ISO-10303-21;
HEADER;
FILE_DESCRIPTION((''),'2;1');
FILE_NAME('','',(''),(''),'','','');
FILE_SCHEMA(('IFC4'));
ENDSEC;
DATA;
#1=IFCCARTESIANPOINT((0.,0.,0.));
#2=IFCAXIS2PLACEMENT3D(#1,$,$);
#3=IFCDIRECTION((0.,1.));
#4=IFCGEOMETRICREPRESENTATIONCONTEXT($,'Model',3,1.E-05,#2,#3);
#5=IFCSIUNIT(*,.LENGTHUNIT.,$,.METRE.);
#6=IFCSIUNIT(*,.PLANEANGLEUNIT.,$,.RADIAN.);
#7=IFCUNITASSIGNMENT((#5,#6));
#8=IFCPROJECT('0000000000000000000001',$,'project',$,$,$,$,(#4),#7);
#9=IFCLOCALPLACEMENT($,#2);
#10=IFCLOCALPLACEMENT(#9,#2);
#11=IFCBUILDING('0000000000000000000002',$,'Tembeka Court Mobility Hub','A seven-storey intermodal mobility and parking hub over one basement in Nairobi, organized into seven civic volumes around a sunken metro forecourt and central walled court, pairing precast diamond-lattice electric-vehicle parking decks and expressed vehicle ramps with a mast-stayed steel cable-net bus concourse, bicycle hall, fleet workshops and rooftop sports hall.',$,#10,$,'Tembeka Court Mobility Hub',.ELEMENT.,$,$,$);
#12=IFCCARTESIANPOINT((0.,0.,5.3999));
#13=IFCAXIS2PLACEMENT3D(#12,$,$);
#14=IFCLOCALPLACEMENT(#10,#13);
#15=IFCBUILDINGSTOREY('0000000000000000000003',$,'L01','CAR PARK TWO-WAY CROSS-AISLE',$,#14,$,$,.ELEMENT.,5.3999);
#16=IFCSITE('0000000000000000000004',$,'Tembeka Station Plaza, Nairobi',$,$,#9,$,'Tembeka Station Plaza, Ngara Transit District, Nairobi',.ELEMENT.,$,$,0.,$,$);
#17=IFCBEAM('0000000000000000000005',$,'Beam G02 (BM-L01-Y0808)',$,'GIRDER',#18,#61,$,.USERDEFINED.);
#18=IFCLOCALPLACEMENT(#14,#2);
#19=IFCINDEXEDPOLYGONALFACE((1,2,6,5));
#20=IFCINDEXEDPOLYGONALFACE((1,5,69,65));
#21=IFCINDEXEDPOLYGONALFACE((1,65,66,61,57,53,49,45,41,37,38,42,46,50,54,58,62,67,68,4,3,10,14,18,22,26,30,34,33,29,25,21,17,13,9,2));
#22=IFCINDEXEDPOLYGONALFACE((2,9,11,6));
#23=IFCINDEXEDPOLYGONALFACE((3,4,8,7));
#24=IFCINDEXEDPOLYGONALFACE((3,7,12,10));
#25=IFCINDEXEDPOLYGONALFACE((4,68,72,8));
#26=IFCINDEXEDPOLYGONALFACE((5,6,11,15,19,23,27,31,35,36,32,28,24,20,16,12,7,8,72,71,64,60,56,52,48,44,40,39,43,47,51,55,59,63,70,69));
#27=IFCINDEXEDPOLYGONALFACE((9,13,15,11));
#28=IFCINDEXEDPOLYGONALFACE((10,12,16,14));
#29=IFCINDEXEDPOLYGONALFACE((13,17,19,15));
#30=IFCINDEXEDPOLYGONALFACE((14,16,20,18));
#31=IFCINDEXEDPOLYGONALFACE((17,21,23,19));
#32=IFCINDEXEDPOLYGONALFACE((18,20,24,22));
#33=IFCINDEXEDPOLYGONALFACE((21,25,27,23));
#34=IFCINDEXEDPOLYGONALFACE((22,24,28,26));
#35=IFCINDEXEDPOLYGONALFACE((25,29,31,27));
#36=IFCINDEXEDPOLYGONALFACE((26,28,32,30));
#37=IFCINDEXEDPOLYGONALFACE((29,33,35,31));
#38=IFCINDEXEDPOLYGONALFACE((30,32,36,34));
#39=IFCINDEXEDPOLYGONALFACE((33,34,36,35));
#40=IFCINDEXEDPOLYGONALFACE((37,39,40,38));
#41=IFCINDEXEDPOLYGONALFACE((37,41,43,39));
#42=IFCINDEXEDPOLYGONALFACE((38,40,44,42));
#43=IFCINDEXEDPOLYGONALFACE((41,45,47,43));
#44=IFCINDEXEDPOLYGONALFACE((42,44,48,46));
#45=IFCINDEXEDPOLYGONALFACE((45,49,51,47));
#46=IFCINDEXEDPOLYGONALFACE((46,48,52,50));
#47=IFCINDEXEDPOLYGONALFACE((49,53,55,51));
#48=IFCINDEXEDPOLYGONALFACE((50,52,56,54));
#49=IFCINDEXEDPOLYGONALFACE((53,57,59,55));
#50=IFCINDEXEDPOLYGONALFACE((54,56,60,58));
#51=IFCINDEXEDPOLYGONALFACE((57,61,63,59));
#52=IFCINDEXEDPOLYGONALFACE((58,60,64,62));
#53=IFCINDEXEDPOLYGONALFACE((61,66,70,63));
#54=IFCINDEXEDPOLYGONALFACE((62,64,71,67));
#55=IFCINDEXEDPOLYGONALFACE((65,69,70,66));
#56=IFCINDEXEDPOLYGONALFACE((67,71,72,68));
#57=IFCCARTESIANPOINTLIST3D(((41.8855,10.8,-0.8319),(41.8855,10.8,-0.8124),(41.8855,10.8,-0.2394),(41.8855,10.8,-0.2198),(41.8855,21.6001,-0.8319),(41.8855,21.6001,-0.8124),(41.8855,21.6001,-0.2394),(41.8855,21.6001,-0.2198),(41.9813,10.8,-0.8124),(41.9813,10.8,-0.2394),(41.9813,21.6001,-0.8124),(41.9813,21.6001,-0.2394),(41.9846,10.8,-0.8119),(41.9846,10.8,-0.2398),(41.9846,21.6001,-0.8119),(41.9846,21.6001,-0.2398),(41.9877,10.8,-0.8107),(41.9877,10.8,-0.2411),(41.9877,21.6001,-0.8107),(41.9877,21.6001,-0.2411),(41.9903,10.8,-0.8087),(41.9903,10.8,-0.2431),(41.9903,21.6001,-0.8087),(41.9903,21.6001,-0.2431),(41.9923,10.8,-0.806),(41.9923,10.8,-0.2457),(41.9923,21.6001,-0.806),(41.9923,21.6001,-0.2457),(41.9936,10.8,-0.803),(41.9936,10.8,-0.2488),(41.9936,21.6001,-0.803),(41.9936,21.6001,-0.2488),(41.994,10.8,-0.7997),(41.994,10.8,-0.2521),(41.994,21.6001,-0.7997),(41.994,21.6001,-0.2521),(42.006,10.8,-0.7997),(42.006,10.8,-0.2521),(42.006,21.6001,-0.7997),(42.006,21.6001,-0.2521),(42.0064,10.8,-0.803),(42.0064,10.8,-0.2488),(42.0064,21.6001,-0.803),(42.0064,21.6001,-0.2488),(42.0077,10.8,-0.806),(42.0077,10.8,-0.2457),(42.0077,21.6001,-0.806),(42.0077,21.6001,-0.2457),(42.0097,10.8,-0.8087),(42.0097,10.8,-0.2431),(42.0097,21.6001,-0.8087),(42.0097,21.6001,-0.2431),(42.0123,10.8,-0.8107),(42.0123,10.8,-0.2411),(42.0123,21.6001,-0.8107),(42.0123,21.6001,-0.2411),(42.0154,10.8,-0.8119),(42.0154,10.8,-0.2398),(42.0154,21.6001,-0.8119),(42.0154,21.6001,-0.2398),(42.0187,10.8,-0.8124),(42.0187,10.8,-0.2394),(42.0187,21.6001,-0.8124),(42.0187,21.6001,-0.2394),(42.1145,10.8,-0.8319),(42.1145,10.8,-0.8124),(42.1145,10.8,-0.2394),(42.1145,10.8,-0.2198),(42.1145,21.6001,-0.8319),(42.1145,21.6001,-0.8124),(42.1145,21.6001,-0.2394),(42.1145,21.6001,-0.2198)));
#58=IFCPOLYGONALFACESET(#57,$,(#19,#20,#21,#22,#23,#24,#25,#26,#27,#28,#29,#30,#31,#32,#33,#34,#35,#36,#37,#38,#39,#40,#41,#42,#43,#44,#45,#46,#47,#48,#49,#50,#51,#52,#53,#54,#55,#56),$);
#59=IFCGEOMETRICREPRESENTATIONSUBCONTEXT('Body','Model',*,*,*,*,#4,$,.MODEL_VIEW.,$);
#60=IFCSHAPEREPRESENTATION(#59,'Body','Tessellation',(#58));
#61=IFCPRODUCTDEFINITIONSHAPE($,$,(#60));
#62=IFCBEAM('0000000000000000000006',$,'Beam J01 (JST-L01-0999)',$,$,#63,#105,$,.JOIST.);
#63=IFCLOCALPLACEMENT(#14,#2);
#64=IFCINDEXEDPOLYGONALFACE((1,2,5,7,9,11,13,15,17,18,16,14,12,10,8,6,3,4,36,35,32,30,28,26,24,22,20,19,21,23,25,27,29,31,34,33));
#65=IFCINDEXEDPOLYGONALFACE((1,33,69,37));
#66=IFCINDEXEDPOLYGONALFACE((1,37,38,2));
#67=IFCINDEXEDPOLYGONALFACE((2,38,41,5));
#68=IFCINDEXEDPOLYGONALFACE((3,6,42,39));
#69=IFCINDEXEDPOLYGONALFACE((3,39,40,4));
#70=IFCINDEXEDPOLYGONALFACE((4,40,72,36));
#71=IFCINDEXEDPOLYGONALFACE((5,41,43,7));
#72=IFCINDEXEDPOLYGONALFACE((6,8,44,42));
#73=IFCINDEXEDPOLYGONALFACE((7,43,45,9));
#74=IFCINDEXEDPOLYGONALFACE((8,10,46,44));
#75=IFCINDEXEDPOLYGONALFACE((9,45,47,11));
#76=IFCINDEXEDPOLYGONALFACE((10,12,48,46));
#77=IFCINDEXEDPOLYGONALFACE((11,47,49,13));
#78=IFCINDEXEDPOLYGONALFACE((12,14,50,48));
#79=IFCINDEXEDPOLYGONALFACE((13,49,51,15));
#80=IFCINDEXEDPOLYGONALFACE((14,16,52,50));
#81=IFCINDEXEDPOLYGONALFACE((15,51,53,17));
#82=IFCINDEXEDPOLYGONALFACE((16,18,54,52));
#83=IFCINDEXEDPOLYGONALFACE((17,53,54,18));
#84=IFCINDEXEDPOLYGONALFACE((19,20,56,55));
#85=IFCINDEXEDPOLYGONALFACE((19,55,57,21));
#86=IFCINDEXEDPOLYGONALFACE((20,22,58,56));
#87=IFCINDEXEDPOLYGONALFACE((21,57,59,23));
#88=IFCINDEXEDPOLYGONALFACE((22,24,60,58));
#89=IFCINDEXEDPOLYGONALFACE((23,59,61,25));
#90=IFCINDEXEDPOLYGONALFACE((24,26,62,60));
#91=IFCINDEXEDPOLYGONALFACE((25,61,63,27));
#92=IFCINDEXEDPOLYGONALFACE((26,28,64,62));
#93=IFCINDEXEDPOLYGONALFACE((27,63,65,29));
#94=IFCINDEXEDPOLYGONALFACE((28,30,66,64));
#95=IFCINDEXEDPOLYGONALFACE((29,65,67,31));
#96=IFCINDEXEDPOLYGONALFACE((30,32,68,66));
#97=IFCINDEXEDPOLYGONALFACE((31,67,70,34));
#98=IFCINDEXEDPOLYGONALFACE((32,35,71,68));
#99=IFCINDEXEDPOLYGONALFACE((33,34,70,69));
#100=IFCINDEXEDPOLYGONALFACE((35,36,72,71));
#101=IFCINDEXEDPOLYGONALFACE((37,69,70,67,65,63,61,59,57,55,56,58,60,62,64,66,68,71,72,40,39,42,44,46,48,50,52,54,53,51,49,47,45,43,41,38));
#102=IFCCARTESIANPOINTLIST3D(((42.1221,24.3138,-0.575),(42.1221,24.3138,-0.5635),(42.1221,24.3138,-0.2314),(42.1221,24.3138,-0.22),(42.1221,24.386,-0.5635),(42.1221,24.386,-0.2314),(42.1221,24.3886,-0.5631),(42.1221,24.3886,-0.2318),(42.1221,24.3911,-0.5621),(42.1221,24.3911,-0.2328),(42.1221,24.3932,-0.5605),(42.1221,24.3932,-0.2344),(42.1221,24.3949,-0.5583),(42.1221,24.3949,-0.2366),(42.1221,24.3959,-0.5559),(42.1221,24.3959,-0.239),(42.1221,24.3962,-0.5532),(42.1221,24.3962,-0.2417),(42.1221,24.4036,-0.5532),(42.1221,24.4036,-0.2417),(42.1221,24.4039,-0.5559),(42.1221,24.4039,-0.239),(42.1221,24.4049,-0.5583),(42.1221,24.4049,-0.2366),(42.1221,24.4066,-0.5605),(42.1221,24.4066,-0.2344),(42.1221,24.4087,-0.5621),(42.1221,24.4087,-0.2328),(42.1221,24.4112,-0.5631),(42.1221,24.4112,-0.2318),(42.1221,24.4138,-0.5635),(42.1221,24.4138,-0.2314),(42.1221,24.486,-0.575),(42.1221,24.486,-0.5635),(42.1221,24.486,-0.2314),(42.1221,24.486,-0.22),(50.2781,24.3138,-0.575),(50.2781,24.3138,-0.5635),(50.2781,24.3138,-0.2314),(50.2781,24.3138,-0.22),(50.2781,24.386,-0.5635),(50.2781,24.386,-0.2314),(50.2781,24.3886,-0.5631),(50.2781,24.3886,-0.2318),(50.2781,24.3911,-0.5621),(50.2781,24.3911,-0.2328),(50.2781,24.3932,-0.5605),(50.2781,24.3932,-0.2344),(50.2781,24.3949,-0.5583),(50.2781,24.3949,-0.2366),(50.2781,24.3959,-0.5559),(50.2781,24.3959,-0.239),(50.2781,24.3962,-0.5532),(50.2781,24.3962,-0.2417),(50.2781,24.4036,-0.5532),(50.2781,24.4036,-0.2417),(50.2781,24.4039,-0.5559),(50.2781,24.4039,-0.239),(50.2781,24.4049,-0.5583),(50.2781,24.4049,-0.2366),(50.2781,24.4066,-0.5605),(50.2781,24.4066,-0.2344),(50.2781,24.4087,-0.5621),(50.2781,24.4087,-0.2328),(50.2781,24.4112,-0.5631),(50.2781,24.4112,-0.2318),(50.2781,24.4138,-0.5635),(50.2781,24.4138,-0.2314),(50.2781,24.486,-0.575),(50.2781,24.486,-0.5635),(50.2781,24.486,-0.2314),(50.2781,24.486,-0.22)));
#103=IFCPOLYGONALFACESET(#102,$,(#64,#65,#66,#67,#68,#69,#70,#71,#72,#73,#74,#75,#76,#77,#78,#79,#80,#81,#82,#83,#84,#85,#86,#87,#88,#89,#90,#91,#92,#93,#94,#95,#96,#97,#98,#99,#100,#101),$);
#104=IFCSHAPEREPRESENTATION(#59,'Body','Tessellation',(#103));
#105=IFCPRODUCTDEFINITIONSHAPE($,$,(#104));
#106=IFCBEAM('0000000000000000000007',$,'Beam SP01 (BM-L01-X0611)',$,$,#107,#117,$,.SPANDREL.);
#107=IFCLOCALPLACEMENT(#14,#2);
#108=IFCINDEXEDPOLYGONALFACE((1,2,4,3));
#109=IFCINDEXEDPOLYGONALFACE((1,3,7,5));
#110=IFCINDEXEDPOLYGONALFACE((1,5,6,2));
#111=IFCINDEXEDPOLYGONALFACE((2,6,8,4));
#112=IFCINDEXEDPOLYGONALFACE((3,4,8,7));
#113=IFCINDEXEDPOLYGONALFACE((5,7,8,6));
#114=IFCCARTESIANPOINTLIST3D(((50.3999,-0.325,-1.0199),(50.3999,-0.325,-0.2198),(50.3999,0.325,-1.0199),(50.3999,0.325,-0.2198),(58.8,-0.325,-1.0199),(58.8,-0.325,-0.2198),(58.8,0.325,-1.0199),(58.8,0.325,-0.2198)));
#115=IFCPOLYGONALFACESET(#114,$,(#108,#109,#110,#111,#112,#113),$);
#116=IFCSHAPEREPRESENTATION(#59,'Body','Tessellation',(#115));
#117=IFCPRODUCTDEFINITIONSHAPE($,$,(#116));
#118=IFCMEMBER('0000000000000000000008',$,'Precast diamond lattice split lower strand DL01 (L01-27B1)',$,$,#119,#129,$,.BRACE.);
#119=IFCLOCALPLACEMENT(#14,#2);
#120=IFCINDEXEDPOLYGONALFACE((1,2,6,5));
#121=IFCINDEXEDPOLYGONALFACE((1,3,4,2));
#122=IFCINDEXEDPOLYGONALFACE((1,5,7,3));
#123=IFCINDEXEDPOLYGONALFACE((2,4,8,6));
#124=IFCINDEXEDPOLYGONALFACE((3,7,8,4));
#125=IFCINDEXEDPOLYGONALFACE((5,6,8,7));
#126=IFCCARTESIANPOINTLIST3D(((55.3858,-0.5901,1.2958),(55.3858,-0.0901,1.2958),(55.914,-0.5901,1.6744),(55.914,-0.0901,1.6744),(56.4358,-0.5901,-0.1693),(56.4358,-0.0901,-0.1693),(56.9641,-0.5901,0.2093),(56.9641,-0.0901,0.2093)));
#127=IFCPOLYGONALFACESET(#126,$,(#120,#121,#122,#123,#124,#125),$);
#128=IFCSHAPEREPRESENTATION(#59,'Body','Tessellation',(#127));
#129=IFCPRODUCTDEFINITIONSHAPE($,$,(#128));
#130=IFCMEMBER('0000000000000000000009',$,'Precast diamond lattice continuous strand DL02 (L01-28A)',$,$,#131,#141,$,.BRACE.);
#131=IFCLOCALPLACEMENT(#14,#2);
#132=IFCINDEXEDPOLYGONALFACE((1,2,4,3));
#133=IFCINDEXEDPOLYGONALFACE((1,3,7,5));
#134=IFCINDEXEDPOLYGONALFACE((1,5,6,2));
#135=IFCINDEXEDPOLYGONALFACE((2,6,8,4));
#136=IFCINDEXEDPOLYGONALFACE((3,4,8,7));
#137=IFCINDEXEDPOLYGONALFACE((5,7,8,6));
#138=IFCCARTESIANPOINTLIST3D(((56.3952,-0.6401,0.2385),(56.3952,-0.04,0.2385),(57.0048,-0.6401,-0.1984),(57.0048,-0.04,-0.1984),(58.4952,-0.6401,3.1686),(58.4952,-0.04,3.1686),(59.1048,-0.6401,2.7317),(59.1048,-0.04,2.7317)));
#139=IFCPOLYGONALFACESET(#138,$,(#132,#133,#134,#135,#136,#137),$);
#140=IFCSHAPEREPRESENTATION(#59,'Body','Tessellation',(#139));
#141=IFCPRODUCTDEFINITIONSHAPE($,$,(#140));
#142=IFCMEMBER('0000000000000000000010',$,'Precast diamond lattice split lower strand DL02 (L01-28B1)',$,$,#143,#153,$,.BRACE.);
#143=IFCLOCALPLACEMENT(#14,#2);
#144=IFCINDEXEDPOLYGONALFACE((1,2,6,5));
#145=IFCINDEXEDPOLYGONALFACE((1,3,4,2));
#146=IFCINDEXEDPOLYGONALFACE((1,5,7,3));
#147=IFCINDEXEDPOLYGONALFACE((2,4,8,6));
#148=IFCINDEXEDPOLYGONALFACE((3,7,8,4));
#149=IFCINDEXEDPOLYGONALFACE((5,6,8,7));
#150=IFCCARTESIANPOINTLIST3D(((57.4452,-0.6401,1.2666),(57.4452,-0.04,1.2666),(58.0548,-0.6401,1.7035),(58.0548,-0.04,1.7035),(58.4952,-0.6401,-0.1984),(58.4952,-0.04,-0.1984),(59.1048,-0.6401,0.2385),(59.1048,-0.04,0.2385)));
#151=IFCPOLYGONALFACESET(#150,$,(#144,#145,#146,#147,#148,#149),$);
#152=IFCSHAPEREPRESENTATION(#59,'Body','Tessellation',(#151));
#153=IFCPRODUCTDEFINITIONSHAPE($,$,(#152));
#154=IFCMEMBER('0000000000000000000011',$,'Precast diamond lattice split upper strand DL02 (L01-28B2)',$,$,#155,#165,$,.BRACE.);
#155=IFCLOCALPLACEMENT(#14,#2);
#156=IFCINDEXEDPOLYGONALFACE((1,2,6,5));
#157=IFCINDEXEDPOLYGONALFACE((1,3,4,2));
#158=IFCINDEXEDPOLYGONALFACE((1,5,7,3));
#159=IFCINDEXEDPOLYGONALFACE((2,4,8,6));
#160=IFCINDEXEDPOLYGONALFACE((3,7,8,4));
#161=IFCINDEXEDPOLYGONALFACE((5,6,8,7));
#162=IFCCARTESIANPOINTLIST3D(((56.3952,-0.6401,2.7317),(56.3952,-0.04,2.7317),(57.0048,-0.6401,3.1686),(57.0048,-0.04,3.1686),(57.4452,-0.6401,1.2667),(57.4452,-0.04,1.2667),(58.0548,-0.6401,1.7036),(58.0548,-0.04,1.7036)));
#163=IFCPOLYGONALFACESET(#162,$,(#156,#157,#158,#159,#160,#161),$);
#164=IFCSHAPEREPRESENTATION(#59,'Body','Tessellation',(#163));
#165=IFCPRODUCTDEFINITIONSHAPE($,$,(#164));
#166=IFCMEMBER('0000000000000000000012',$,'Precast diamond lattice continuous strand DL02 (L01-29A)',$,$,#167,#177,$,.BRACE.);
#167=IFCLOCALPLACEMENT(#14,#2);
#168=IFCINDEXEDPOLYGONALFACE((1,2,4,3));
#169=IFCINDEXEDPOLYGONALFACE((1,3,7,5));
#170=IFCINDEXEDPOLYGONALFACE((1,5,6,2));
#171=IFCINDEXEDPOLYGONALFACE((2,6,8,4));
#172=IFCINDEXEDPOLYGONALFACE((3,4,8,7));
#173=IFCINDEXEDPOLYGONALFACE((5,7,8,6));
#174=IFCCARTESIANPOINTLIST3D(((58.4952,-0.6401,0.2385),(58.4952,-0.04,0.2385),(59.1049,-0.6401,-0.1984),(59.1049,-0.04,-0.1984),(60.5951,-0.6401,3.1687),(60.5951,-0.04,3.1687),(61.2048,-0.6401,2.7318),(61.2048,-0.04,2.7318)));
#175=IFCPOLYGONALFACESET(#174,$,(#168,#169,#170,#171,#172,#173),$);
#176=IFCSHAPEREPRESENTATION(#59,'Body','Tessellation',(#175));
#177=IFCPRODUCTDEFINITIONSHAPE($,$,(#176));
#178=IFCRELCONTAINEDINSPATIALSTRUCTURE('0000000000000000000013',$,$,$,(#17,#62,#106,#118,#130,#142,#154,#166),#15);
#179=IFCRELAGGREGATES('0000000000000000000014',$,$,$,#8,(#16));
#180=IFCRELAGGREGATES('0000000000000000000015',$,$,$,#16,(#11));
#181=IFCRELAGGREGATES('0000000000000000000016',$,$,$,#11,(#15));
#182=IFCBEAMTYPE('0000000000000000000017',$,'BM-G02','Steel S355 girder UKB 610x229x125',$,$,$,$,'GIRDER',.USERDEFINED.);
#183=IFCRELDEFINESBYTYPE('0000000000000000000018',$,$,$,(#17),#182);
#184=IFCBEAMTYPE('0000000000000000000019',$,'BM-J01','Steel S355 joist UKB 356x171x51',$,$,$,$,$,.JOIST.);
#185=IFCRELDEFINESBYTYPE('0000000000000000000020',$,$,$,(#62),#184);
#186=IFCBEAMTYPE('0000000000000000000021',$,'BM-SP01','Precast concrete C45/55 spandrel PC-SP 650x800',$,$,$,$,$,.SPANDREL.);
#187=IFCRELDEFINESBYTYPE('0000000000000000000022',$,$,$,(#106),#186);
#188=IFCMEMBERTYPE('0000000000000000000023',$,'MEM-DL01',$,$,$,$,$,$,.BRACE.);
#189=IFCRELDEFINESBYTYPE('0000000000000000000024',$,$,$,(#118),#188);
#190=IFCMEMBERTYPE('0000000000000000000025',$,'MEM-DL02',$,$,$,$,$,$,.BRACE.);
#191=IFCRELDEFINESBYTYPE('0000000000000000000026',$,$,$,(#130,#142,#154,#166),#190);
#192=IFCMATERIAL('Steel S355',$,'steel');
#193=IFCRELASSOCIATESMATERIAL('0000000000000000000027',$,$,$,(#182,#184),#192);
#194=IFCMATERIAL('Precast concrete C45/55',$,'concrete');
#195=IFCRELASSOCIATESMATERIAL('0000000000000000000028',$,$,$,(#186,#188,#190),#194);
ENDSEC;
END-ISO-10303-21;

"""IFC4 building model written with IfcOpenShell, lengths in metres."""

from ifc_helpers import new_model, si_unit, direction, frame, origin, origin_2d, place, context, subcontext, project, spatial, rectangle, i_section, extrude, material, material_profile, profile_set, type_object, element, save


model = new_model("IFC4")

# Units and contexts
model_context = context("Model", 3, precision=1e-05, world=origin(), true_north=direction((0.0, 1.0)))
body_context = subcontext(model_context, "Body", "Model", "MODEL_VIEW")
ifc_project = project(units=[si_unit("LENGTHUNIT", "METRE"), si_unit("PLANEANGLEUNIT", "RADIAN")], contexts=[model_context])

# Site, building, storey
site_placement = place(None, origin())
site = spatial("IfcSite", under=ifc_project, at=site_placement, Name="Tembeka Station Plaza, Nairobi", LongName="Tembeka Station Plaza, Ngara Transit District, Nairobi", CompositionType="ELEMENT", RefElevation=0.0)
building_placement = place(site_placement, origin())
building = spatial("IfcBuilding", under=site, at=building_placement, Name="Tembeka Court Mobility Hub", Description="A seven-storey intermodal mobility and parking hub over one basement in Nairobi, organized into seven civic volumes around a sunken metro forecourt and central walled court, pairing precast diamond-lattice electric-vehicle parking decks and expressed vehicle ramps with a mast-stayed steel cable-net bus concourse, bicycle hall, fleet workshops and rooftop sports hall.", LongName="Tembeka Court Mobility Hub", CompositionType="ELEMENT")
storey_placement = place(building_placement, frame((0.0, 0.0, 5.3999)))
storey = spatial("IfcBuildingStorey", under=building, at=storey_placement, Name="L01", Description="CAR PARK TWO-WAY CROSS-AISLE", CompositionType="ELEMENT", Elevation=5.3999)

# Shared definitions
ifc_material_1 = material(Name="Steel S355", Category="steel")

# Beams
ifc_material_profile_1 = material_profile(ifc_material_1, i_section(OverallWidth=0.229, OverallDepth=0.6121, WebThickness=0.012, FlangeThickness=0.0195, FilletRadius=0.0127, at=origin_2d()), Name="UKB 610x229x125")
ifc_profile_set_1 = profile_set([ifc_material_profile_1], Name="Steel S355")
beam_type_1 = type_object("IfcBeamType", Name="BM-G02", Description="Steel S355 girder UKB 610x229x125", ElementType="GIRDER", PredefinedType="USERDEFINED", material=ifc_profile_set_1)
beam_1_placement = place(storey_placement, frame((42.0, 10.8, -0.5259), z_axis=(0.0, 1.0, 0.0), x_axis=(-1.0, 0.0, 0.0)))
element("IfcBeam", 1, at=beam_1_placement, inside=storey, type_object=beam_type_1, Name="Beam G02 (BM-L01-Y0808)", ObjectType="GIRDER", PredefinedType="USERDEFINED", context=body_context, shape_type="SweptSolid", body=[
    extrude(i_section(OverallWidth=0.229, OverallDepth=0.6121, WebThickness=0.012, FlangeThickness=0.0195, FilletRadius=0.0127, at=origin_2d()), origin(), (0.0, 0.0, 1.0), 10.8),
])
ifc_material_profile_2 = material_profile(ifc_material_1, i_section(OverallWidth=0.1721, OverallDepth=0.355, WebThickness=0.0073, FlangeThickness=0.0115, FilletRadius=0.0103, at=origin_2d()), Name="UKB 356x171x51")
ifc_profile_set_2 = profile_set([ifc_material_profile_2], Name="Steel S355")
beam_type_2 = type_object("IfcBeamType", Name="BM-J01", Description="Steel S355 joist UKB 356x171x51", PredefinedType="JOIST", material=ifc_profile_set_2)
beam_2_placement = place(storey_placement, frame((42.1221, 24.3999, -0.3975), z_axis=(1.0, 0.0, 0.0), x_axis=(0.0, 1.0, 0.0)))
element("IfcBeam", 2, at=beam_2_placement, inside=storey, type_object=beam_type_2, Name="Beam J01 (JST-L01-0999)", PredefinedType="JOIST", context=body_context, shape_type="SweptSolid", body=[
    extrude(i_section(OverallWidth=0.1721, OverallDepth=0.355, WebThickness=0.0073, FlangeThickness=0.0115, FilletRadius=0.0103, at=origin_2d()), origin(), (0.0, 0.0, 1.0), 8.156),
])
ifc_material_2 = material(Name="Precast concrete C45/55", Category="concrete")
ifc_material_profile_3 = material_profile(ifc_material_2, rectangle(XDim=0.6499, YDim=0.8, at=origin_2d()), Name="PC-SP 650x800")
ifc_profile_set_3 = profile_set([ifc_material_profile_3], Name="Precast concrete C45/55")
beam_type_3 = type_object("IfcBeamType", Name="BM-SP01", Description="Precast concrete C45/55 spandrel PC-SP 650x800", PredefinedType="SPANDREL", material=ifc_profile_set_3)
beam_3_placement = place(storey_placement, frame((50.3999, 0.0, -0.6199), z_axis=(1.0, 0.0, 0.0), x_axis=(0.0, 1.0, 0.0)))
element("IfcBeam", 3, at=beam_3_placement, inside=storey, type_object=beam_type_3, Name="Beam SP01 (BM-L01-X0611)", PredefinedType="SPANDREL", context=body_context, shape_type="SweptSolid", body=[
    extrude(rectangle(XDim=0.6499, YDim=0.8, at=origin_2d()), origin(), (0.0, 0.0, 1.0), 8.4001),
])

# Members
ifc_material_profile_4 = material_profile(ifc_material_2, rectangle(XDim=0.5, YDim=0.6499, at=origin_2d()), Name="PC-DIAG 500x650")
ifc_profile_set_4 = profile_set([ifc_material_profile_4], Name="Precast concrete C45/55")
member_type_1 = type_object("IfcMemberType", Name="MEM-DL01", PredefinedType="BRACE", material=ifc_profile_set_4)
member_1_placement = place(storey_placement, frame((56.7, -0.3401, 0.02), z_axis=(-0.582544, 0.0, 0.812799), x_axis=(0.0, -1.0, 0.0)))
element("IfcMember", 4, at=member_1_placement, inside=storey, type_object=member_type_1, Name="Precast diamond lattice split lower strand DL01 (L01-27B1)", PredefinedType="BRACE", context=body_context, shape_type="SweptSolid", body=[
    extrude(rectangle(XDim=0.5, YDim=0.6499, at=origin_2d()), origin(), (0.0, 0.0, 1.0), 1.8025),
])
ifc_material_profile_5 = material_profile(ifc_material_2, rectangle(XDim=0.6001, YDim=0.75, at=origin_2d()), Name="PC-DIAG 600x750")
ifc_profile_set_5 = profile_set([ifc_material_profile_5], Name="Precast concrete C45/55")
member_type_2 = type_object("IfcMemberType", Name="MEM-DL02", PredefinedType="BRACE", material=ifc_profile_set_5)
member_2_placement = place(storey_placement, frame((56.7, -0.3401, 0.02), z_axis=(0.582544, 0.0, 0.812799), x_axis=(0.0, 1.0, 0.0)))
element("IfcMember", 5, at=member_2_placement, inside=storey, type_object=member_type_2, Name="Precast diamond lattice continuous strand DL02 (L01-28A)", PredefinedType="BRACE", context=body_context, shape_type="SweptSolid", body=[
    extrude(rectangle(XDim=0.6001, YDim=0.75, at=origin_2d()), origin(), (0.0, 0.0, 1.0), 3.605),
])
for number, where, z_axis, x_axis, name in (
    (6, (58.8, -0.3401, 0.02), (-0.582544, 0.0, 0.812799), (0.0, -1.0, 0.0), "Precast diamond lattice split lower strand DL02 (L01-28B1)"),
    (7, (57.75, -0.3401, 1.4851), (-0.582544, 0.0, 0.812799), (0.0, -1.0, 0.0), "Precast diamond lattice split upper strand DL02 (L01-28B2)"),
):
    element("IfcMember", number, at=place(storey_placement, frame(where, z_axis=z_axis, x_axis=x_axis)), inside=storey, type_object=member_type_2, Name=name, PredefinedType="BRACE", context=body_context, shape_type="SweptSolid", body=[
        extrude(rectangle(XDim=0.6001, YDim=0.75, at=origin_2d()), origin(), (0.0, 0.0, 1.0), 1.8025),
    ])
member_3_placement = place(storey_placement, frame((58.8, -0.3401, 0.02), z_axis=(0.5825, 0.0, 0.812831), x_axis=(0.0, 1.0, 0.0)))
element("IfcMember", 8, at=member_3_placement, inside=storey, type_object=member_type_2, Name="Precast diamond lattice continuous strand DL02 (L01-29A)", PredefinedType="BRACE", context=body_context, shape_type="SweptSolid", body=[
    extrude(rectangle(XDim=0.6001, YDim=0.75, at=origin_2d()), origin(), (0.0, 0.0, 1.0), 3.605),
])

save(model, "model.ifc")
